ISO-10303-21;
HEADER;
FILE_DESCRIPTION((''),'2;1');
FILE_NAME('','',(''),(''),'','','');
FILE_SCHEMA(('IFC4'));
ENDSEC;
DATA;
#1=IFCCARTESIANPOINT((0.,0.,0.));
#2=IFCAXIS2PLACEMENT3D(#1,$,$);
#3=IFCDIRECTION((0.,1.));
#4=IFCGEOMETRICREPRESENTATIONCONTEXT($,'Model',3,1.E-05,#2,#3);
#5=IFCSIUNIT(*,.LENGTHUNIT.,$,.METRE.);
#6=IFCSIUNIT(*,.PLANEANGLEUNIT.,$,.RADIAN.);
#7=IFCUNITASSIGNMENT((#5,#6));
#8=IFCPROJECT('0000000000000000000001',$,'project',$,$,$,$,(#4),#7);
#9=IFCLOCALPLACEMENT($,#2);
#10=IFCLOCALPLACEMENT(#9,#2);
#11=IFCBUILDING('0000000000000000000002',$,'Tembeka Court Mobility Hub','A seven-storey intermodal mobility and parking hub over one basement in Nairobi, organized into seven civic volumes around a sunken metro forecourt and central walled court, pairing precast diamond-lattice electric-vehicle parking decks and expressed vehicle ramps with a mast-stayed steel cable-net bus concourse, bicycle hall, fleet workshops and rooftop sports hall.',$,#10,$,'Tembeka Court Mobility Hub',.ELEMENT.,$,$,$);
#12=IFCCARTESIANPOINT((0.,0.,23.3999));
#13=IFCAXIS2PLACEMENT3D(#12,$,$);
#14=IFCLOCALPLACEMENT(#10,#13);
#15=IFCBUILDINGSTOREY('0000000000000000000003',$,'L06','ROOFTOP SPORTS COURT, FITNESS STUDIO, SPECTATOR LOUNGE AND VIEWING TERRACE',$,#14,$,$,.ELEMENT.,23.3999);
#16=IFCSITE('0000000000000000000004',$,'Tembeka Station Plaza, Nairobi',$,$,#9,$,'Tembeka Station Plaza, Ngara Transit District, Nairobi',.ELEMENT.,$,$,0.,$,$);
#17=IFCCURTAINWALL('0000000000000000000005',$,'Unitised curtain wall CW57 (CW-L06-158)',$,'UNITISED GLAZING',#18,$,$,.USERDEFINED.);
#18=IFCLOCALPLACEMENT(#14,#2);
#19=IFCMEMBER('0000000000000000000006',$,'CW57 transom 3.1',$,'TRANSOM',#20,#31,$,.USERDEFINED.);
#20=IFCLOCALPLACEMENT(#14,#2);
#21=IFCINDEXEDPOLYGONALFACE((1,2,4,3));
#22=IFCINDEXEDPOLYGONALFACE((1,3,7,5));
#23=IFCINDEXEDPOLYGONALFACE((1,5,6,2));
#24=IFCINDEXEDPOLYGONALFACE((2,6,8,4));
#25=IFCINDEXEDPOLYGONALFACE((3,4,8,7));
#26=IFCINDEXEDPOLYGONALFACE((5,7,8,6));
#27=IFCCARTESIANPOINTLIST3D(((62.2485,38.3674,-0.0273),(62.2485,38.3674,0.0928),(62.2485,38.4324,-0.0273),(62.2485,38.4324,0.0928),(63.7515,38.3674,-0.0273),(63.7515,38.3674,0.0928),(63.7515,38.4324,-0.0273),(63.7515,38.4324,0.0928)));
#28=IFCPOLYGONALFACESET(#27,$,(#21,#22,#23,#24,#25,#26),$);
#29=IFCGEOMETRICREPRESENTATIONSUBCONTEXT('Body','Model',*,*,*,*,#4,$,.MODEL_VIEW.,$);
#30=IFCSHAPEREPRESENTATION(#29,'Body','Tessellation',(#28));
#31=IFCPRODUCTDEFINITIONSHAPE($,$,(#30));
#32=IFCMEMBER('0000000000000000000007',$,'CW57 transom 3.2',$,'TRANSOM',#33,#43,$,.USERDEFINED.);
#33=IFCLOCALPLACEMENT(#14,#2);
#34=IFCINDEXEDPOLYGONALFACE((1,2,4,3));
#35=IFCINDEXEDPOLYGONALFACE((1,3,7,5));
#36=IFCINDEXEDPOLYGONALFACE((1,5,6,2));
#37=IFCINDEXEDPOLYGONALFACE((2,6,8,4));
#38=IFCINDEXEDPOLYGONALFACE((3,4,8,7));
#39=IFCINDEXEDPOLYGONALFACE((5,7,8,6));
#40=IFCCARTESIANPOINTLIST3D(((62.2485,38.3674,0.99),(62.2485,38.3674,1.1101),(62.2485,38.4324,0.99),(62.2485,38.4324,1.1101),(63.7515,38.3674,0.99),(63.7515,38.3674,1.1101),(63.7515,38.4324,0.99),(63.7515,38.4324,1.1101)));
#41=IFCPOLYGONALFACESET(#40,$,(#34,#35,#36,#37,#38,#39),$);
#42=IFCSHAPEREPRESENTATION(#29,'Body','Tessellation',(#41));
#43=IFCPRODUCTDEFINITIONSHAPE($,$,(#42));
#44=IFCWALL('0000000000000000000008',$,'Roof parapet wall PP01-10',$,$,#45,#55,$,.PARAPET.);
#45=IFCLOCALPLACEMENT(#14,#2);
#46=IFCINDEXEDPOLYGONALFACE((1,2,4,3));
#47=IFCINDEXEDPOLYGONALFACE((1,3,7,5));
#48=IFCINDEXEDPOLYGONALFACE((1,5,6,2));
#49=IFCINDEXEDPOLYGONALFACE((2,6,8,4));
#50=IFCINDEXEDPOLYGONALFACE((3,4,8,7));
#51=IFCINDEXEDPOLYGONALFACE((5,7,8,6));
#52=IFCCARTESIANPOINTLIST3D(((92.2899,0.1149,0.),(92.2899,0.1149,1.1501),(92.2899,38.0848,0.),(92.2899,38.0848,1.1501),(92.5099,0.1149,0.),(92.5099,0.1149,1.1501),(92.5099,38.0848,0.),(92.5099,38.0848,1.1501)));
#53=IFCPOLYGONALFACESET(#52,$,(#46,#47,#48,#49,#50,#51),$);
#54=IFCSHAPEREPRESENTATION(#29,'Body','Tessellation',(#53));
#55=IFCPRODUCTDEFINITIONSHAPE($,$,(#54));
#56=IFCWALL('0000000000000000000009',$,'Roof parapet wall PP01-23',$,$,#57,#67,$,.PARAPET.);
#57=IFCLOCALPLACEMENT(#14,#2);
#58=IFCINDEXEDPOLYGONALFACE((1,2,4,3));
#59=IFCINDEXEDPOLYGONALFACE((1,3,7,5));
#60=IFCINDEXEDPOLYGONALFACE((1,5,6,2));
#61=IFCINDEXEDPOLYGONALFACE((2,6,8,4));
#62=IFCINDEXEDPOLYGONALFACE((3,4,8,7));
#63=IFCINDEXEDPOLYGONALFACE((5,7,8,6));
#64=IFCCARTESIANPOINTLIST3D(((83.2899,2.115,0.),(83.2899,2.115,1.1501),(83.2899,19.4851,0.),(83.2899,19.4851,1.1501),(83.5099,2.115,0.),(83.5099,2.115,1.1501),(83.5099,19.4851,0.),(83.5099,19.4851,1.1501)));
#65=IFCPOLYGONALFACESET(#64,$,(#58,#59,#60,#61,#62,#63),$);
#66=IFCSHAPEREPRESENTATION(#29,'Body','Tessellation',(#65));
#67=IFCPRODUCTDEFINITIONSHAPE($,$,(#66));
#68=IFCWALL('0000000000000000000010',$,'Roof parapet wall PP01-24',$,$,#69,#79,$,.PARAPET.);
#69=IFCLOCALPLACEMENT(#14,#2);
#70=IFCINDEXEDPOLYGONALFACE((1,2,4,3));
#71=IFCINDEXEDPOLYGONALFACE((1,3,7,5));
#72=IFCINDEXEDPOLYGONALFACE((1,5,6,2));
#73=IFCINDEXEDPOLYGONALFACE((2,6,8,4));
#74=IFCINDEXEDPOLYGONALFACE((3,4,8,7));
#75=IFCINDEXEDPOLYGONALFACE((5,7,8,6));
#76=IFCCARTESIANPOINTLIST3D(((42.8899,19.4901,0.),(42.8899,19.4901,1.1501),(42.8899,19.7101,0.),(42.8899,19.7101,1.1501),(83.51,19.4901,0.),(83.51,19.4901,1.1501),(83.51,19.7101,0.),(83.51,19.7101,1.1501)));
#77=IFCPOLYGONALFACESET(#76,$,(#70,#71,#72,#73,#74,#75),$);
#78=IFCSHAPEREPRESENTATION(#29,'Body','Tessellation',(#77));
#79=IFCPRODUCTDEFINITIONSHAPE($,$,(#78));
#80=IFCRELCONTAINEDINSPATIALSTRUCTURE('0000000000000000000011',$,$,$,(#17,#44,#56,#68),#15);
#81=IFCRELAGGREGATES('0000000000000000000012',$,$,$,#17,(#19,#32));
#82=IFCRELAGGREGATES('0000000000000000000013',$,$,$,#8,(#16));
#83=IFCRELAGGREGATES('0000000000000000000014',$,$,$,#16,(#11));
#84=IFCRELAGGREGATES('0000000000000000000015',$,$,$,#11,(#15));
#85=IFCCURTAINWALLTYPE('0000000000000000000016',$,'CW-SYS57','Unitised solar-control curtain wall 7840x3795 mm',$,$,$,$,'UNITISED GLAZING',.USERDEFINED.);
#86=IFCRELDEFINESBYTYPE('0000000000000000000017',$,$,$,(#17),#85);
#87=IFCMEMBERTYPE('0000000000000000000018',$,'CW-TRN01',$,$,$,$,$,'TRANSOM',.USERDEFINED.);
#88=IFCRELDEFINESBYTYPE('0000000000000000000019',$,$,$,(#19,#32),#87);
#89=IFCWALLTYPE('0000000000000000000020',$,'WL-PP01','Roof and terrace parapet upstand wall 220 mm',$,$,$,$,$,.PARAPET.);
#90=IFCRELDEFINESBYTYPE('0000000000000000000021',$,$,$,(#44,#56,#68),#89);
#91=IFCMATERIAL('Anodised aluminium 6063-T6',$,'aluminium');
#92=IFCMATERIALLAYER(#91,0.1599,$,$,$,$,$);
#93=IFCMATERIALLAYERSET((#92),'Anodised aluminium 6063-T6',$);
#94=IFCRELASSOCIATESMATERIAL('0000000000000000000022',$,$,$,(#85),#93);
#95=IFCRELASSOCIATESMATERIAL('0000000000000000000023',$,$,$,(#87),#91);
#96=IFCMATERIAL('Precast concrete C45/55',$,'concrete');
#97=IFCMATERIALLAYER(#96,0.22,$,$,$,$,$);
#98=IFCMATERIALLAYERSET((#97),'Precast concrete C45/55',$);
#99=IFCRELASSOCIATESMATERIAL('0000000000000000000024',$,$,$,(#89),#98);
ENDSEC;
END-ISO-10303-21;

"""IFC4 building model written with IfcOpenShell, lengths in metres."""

from ifc_helpers import new_model, si_unit, direction, frame, frame_2d, origin, origin_2d, place, context, subcontext, project, spatial, rectangle, extrude, material, layer, layer_set, material_profile, profile_set, type_object, element, aggregate, save


model = new_model("IFC4")

# Units and contexts
model_context = context("Model", 3, precision=1e-05, world=origin(), true_north=direction((0.0, 1.0)))
body_context = subcontext(model_context, "Body", "Model", "MODEL_VIEW")
ifc_project = project(units=[si_unit("LENGTHUNIT", "METRE"), si_unit("PLANEANGLEUNIT", "RADIAN")], contexts=[model_context])

# Site, building, storey
site_placement = place(None, origin())
site = spatial("IfcSite", under=ifc_project, at=site_placement, Name="Tembeka Station Plaza, Nairobi", LongName="Tembeka Station Plaza, Ngara Transit District, Nairobi", CompositionType="ELEMENT", RefElevation=0.0)
building_placement = place(site_placement, origin())
building = spatial("IfcBuilding", under=site, at=building_placement, Name="Tembeka Court Mobility Hub", Description="A seven-storey intermodal mobility and parking hub over one basement in Nairobi, organized into seven civic volumes around a sunken metro forecourt and central walled court, pairing precast diamond-lattice electric-vehicle parking decks and expressed vehicle ramps with a mast-stayed steel cable-net bus concourse, bicycle hall, fleet workshops and rooftop sports hall.", LongName="Tembeka Court Mobility Hub", CompositionType="ELEMENT")
storey_placement = place(building_placement, frame((0.0, 0.0, 23.3999)))
storey = spatial("IfcBuildingStorey", under=building, at=storey_placement, Name="L06", Description="ROOFTOP SPORTS COURT, FITNESS STUDIO, SPECTATOR LOUNGE AND VIEWING TERRACE", CompositionType="ELEMENT", Elevation=23.3999)

# Shared definitions
ifc_material_1 = material(Name="Precast concrete C45/55", Category="concrete")

# Curtain wall, members
ifc_material_2 = material(Name="Anodised aluminium 6063-T6", Category="aluminium")
ifc_layer_1 = layer(ifc_material_2, 0.1599)
ifc_layer_set_1 = layer_set([ifc_layer_1], Name="Anodised aluminium 6063-T6")
curtain_wall_type = type_object("IfcCurtainWallType", Name="CW-SYS57", Description="Unitised solar-control curtain wall 7840x3795 mm", ElementType="UNITISED GLAZING", PredefinedType="USERDEFINED", material=ifc_layer_set_1)
curtain_wall_placement = place(storey_placement, origin())
curtain_wall = element("IfcCurtainWall", 1, at=curtain_wall_placement, inside=storey, type_object=curtain_wall_type, Name="Unitised curtain wall CW57 (CW-L06-158)", ObjectType="UNITISED GLAZING", PredefinedType="USERDEFINED")
ifc_material_profile_1 = material_profile(ifc_material_2, rectangle(XDim=0.0649, YDim=0.1201, at=origin_2d()), Name="ALU-TRN 65x120")
ifc_profile_set_1 = profile_set([ifc_material_profile_1], Name="Anodised aluminium 6063-T6")
member_type_1 = type_object("IfcMemberType", Name="CW-TRN01", ElementType="TRANSOM", PredefinedType="USERDEFINED", material=ifc_profile_set_1)
member_1_placement = place(storey_placement, frame((62.2485, 38.3999, 0.0327), z_axis=(1.0, 0.0, 0.0), x_axis=(0.0, 1.0, 0.0)))
member_1 = element("IfcMember", 2, at=member_1_placement, type_object=member_type_1, Name="CW57 transom 3.1", ObjectType="TRANSOM", PredefinedType="USERDEFINED", context=body_context, shape_type="SweptSolid", body=[
    extrude(rectangle(XDim=0.0649, YDim=0.1201, at=origin_2d()), origin(), (0.0, 0.0, 1.0), 1.5029),
])
member_2_placement = place(storey_placement, frame((62.2485, 38.3999, 1.05), z_axis=(1.0, 0.0, 0.0), x_axis=(0.0, 1.0, 0.0)))
member_2 = element("IfcMember", 3, at=member_2_placement, type_object=member_type_1, Name="CW57 transom 3.2", ObjectType="TRANSOM", PredefinedType="USERDEFINED", context=body_context, shape_type="SweptSolid", body=[
    extrude(rectangle(XDim=0.0649, YDim=0.1201, at=origin_2d()), origin(), (0.0, 0.0, 1.0), 1.5029),
])
aggregate(curtain_wall, [member_1, member_2])

# Walls
ifc_layer_2 = layer(ifc_material_1, 0.22)
ifc_layer_set_2 = layer_set([ifc_layer_2], Name="Precast concrete C45/55")
wall_type = type_object("IfcWallType", Name="WL-PP01", Description="Roof and terrace parapet upstand wall 220 mm", PredefinedType="PARAPET", material=ifc_layer_set_2)
wall_1_placement = place(storey_placement, frame((92.3999, 0.115, 0.0), z_axis=(0.0, 0.0, 1.0), x_axis=(0.0, 1.0, 0.0)))
element("IfcWall", 4, at=wall_1_placement, inside=storey, type_object=wall_type, Name="Roof parapet wall PP01-10", PredefinedType="PARAPET", context=body_context, shape_type="SweptSolid", body=[
    extrude(rectangle(XDim=37.97, YDim=0.22, at=frame_2d((18.9849, 0.0))), origin(), (0.0, 0.0, 1.0), 1.1501),
])
wall_2_placement = place(storey_placement, frame((83.3999, 2.115, 0.0), z_axis=(0.0, 0.0, 1.0), x_axis=(0.0, 1.0, 0.0)))
element("IfcWall", 5, at=wall_2_placement, inside=storey, type_object=wall_type, Name="Roof parapet wall PP01-23", PredefinedType="PARAPET", context=body_context, shape_type="SweptSolid", body=[
    extrude(rectangle(XDim=17.3701, YDim=0.22, at=frame_2d((8.6851, 0.0))), origin(), (0.0, 0.0, 1.0), 1.1501),
])
wall_3_placement = place(storey_placement, frame((83.51, 19.6001, 0.0), z_axis=(0.0, 0.0, 1.0), x_axis=(-1.0, 0.0, 0.0)))
element("IfcWall", 6, at=wall_3_placement, inside=storey, type_object=wall_type, Name="Roof parapet wall PP01-24", PredefinedType="PARAPET", context=body_context, shape_type="SweptSolid", body=[
    extrude(rectangle(XDim=40.6201, YDim=0.22, at=frame_2d((20.3101, 0.0))), origin(), (0.0, 0.0, 1.0), 1.1501),
])

save(model, "model.ifc")
